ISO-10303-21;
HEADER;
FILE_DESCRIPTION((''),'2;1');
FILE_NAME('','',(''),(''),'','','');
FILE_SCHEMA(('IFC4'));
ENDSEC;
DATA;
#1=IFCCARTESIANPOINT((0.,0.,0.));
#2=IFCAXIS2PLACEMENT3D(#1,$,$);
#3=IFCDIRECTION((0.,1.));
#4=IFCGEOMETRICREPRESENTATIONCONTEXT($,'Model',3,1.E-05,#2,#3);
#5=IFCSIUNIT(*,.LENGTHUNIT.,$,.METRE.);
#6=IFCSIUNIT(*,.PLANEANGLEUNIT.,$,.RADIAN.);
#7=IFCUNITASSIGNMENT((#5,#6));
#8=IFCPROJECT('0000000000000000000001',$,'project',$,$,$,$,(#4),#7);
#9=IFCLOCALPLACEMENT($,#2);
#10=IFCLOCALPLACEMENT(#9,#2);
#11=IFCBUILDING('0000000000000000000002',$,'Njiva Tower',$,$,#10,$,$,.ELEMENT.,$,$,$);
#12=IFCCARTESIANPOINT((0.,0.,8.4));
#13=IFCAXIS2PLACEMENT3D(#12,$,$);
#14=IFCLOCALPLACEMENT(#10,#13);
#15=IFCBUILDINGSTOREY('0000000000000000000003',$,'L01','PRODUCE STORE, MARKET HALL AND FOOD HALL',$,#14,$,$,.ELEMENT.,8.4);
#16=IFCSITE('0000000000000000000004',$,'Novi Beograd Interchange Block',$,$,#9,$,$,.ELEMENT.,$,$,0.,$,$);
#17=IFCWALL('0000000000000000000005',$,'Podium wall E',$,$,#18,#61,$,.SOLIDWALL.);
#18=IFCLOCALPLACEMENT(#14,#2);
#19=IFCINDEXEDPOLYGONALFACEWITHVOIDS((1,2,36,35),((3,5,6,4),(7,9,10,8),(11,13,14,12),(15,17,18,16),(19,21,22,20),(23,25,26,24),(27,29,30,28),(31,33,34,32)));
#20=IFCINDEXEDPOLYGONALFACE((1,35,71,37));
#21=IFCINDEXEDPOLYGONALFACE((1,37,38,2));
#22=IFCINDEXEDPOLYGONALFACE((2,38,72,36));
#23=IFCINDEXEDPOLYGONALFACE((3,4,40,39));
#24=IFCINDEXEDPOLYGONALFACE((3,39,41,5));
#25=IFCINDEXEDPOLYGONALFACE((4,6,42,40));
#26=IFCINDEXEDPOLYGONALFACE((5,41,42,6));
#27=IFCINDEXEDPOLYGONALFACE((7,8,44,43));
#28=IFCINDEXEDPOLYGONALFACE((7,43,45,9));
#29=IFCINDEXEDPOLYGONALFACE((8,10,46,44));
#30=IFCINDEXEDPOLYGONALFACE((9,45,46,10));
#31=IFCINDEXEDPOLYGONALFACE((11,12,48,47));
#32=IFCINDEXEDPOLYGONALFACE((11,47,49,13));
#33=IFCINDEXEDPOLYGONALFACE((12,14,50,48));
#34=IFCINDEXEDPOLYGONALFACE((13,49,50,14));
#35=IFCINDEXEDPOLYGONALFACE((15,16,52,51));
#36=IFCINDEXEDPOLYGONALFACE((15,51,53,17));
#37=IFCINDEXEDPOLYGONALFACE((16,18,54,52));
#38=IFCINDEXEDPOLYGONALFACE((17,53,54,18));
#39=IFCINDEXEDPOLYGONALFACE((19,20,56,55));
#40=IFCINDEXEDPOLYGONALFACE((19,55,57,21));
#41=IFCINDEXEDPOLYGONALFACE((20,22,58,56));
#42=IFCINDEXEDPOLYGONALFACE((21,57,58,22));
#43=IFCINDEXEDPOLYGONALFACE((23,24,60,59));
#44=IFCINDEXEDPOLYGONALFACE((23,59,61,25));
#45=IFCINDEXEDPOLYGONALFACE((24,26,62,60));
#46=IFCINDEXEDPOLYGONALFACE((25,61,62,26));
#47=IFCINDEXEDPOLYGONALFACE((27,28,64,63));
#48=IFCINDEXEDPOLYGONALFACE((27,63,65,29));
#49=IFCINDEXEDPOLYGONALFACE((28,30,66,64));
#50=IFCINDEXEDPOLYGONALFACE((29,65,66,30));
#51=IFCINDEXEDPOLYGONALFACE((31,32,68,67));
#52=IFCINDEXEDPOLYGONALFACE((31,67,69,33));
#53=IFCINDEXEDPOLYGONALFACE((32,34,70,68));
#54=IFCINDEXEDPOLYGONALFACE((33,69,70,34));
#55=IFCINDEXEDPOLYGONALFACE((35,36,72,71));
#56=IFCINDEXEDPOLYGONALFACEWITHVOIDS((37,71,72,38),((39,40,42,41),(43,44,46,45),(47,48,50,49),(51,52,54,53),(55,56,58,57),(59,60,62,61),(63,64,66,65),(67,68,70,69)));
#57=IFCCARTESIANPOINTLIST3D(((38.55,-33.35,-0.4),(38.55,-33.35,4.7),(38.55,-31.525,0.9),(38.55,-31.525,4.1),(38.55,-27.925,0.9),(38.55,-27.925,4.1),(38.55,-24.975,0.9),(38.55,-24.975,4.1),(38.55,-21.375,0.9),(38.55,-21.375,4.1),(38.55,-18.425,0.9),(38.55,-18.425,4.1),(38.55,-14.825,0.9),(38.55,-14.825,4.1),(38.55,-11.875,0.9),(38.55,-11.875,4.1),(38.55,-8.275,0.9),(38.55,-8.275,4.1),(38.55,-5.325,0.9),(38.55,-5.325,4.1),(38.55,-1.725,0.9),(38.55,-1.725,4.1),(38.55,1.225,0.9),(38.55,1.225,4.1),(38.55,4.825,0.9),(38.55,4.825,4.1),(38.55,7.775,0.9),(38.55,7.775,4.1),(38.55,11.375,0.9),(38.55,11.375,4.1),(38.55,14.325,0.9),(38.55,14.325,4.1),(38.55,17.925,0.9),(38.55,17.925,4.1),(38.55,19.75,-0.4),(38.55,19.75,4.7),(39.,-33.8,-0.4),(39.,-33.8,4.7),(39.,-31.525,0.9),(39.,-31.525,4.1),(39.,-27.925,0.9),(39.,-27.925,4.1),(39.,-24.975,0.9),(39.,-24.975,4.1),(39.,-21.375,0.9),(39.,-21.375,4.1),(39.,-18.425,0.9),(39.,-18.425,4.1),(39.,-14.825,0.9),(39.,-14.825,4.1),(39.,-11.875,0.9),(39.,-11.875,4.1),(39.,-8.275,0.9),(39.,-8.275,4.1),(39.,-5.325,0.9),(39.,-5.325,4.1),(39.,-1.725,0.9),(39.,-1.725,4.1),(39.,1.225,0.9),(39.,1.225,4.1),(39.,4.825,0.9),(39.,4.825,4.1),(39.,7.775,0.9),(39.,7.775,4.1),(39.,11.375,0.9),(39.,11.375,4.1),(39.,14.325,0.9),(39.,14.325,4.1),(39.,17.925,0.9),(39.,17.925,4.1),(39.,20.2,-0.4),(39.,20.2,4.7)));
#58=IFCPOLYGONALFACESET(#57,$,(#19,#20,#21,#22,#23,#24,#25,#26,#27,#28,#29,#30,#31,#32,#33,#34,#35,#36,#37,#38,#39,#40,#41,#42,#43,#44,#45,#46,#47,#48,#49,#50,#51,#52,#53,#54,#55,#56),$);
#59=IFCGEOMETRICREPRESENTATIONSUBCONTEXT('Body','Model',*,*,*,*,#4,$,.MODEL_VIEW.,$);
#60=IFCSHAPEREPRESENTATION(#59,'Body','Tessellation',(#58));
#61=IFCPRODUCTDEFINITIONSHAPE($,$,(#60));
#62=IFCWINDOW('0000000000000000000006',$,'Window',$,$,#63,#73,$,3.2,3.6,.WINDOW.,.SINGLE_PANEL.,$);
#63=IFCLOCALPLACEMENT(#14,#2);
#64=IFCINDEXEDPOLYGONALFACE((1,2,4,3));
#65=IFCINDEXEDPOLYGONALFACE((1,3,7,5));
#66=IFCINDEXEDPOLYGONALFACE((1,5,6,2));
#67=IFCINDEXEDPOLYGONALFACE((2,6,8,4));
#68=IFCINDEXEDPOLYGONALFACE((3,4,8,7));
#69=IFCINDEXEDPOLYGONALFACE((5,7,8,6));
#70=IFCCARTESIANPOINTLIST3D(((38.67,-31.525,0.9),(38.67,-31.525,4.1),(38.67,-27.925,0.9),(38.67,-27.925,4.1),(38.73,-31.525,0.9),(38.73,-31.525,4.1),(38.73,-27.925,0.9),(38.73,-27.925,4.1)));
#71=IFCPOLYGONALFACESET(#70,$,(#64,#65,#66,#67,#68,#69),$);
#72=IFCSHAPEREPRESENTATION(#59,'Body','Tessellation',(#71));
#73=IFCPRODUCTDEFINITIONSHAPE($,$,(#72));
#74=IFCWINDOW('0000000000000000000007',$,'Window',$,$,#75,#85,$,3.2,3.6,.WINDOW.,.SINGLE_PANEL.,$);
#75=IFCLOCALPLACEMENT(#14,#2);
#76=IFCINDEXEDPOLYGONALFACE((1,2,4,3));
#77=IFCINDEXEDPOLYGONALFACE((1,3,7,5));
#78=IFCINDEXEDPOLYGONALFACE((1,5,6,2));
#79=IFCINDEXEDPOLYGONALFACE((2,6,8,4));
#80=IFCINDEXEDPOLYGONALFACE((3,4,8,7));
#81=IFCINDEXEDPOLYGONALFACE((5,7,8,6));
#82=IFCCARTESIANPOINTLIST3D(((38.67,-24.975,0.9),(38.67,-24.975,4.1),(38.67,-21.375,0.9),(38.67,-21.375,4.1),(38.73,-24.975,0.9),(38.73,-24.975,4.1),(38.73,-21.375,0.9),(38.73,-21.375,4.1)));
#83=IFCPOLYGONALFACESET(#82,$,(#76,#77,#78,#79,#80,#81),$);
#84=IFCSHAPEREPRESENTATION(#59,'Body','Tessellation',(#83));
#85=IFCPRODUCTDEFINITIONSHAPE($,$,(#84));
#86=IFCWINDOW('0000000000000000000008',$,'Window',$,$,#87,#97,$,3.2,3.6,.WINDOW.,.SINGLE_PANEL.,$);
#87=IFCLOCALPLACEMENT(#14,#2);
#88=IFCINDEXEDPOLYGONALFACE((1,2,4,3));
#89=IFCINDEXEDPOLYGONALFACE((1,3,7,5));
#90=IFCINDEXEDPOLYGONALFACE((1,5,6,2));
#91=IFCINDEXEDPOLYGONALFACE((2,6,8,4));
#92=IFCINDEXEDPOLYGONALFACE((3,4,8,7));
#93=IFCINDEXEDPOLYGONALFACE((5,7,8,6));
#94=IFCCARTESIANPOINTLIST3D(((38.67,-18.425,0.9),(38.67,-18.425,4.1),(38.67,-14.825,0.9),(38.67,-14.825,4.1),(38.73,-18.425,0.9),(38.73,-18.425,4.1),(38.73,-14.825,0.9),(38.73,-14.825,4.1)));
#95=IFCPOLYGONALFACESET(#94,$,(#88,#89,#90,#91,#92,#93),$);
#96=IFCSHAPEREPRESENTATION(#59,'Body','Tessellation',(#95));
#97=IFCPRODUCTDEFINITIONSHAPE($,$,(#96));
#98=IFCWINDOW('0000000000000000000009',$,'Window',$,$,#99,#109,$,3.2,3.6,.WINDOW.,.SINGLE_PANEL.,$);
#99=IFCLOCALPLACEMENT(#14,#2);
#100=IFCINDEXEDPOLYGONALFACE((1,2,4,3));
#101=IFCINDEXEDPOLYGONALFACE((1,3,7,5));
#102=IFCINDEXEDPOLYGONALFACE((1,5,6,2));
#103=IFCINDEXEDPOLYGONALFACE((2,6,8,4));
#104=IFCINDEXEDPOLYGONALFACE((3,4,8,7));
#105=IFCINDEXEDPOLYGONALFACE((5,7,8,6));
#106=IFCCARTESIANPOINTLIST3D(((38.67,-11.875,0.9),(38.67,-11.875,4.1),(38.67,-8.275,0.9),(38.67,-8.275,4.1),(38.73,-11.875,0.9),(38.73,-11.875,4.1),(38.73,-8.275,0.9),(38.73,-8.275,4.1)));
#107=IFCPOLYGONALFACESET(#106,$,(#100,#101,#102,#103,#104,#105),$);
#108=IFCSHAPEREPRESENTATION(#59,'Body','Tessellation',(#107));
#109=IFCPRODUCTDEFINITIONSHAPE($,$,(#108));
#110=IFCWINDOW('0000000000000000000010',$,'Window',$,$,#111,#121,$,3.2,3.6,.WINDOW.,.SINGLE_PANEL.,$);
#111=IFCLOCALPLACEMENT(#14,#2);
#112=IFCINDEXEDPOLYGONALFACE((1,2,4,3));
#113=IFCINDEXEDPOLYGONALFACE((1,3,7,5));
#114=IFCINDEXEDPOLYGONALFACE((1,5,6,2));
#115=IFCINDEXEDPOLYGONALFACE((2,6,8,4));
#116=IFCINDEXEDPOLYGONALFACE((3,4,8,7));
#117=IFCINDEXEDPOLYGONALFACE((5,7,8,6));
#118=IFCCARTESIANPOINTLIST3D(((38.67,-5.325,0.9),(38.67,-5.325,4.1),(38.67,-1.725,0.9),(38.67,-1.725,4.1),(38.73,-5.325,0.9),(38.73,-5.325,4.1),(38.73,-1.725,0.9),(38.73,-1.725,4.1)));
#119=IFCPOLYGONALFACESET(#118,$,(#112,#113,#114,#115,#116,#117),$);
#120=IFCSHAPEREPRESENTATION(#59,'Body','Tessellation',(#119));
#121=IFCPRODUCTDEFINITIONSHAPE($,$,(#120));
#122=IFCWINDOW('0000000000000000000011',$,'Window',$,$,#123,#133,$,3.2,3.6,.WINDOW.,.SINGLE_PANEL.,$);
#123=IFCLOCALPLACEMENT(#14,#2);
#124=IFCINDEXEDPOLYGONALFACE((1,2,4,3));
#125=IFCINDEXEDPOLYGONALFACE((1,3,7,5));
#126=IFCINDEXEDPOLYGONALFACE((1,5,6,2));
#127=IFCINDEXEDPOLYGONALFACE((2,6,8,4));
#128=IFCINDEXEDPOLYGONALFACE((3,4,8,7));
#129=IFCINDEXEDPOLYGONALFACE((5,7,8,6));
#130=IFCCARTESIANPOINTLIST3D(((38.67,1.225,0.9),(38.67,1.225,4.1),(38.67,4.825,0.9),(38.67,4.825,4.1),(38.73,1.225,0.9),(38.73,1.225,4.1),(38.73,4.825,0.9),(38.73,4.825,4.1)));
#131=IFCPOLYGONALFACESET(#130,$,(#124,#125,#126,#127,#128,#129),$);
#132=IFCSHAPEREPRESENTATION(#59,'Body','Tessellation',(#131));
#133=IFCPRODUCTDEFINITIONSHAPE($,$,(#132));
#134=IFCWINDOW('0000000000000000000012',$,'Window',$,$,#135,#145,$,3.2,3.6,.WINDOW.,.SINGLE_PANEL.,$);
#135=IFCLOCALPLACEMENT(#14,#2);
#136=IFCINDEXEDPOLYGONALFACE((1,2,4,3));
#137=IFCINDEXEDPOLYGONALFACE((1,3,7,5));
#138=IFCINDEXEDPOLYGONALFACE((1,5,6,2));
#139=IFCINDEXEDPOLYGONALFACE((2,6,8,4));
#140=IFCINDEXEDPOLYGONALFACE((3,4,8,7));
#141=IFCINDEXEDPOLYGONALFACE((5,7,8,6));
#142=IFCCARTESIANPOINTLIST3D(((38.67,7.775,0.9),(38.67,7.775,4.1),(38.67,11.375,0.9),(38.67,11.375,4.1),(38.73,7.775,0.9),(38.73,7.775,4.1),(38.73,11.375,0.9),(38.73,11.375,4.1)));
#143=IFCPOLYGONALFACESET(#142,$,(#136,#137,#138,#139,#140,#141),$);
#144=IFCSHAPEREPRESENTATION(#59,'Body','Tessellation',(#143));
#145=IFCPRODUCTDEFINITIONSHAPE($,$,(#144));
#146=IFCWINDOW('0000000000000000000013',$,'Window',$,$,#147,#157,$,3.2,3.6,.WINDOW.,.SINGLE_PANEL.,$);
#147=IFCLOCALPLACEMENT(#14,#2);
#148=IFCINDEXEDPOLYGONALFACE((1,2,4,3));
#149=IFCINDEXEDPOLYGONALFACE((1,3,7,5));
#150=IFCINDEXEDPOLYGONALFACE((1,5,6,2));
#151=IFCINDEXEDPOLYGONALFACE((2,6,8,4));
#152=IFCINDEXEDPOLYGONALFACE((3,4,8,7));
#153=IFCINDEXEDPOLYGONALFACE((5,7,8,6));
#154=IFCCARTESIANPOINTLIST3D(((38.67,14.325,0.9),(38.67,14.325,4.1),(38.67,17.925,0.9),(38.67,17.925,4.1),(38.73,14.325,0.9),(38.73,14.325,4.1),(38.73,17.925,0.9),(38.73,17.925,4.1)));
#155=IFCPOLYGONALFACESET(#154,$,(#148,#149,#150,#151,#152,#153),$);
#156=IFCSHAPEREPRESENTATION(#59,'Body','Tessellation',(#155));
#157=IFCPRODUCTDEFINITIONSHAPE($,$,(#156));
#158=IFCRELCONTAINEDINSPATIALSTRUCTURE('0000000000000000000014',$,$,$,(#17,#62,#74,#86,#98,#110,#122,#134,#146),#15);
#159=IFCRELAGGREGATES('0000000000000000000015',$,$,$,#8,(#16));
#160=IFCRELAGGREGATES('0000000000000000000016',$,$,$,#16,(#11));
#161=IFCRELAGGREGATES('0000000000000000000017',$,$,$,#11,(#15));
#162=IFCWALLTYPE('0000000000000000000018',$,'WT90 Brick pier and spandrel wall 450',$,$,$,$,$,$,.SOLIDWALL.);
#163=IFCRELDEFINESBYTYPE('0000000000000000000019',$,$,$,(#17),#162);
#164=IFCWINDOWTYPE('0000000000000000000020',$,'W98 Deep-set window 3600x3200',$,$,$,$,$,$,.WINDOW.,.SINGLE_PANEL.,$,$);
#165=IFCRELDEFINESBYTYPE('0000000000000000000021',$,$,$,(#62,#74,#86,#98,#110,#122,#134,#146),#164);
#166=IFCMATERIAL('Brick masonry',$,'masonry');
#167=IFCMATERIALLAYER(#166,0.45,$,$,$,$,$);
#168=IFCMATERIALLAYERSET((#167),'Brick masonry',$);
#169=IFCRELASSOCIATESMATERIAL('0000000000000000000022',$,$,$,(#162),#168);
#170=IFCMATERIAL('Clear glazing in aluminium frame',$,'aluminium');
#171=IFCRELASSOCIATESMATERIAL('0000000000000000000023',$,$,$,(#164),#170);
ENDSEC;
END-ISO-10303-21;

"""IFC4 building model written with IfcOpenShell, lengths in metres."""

from ifc_helpers import new_model, si_unit, direction, frame, frame_2d, origin, place, context, subcontext, project, spatial, polyline, rectangle, outline, extrude, material, layer, layer_set, type_object, element, fill, save


model = new_model("IFC4")

# Units and contexts
model_context = context("Model", 3, precision=1e-05, world=origin(), true_north=direction((0.0, 1.0)))
body_context = subcontext(model_context, "Body", "Model", "MODEL_VIEW")
ifc_project = project(units=[si_unit("LENGTHUNIT", "METRE"), si_unit("PLANEANGLEUNIT", "RADIAN")], contexts=[model_context])

# Site, building, storey
site_placement = place(None, origin())
site = spatial("IfcSite", under=ifc_project, at=site_placement, Name="Novi Beograd Interchange Block", CompositionType="ELEMENT", RefElevation=0.0)
building_placement = place(site_placement, origin())
building = spatial("IfcBuilding", under=site, at=building_placement, Name="Njiva Tower", CompositionType="ELEMENT")
storey_placement = place(building_placement, frame((0.0, 0.0, 8.4)))
storey = spatial("IfcBuildingStorey", under=building, at=storey_placement, Name="L01", Description="PRODUCE STORE, MARKET HALL AND FOOD HALL", CompositionType="ELEMENT", Elevation=8.4)

# Wall, openings, windows
ifc_material_1 = material(Name="Brick masonry", Category="masonry")
ifc_layer_1 = layer(ifc_material_1, 0.45)
ifc_layer_set_1 = layer_set([ifc_layer_1], Name="Brick masonry")
wall_type_1 = type_object("IfcWallType", Name="WT90 Brick pier and spandrel wall 450", PredefinedType="SOLIDWALL", material=ifc_layer_set_1)
wall_1_placement = place(storey_placement, frame((38.775, -33.575, -0.4), z_axis=(0.0, 0.0, 1.0), x_axis=(0.0, 1.0, 0.0)))
wall_1 = element("IfcWall", 1, at=wall_1_placement, inside=storey, type_object=wall_type_1, Name="Podium wall E", PredefinedType="SOLIDWALL", context=body_context, shape_type="SweptSolid", body=[
    extrude(outline(polyline([(-0.225, -0.225), (53.775, -0.225), (53.325, 0.225), (0.225, 0.225), (-0.225, -0.225)])), origin(), (0.0, 0.0, 1.0), 5.1),
])
opening_1_placement = place(wall_1_placement, frame((2.05, 0.0, 1.3)))
opening_1 = element("IfcOpeningElement", 2, at=opening_1_placement, cuts=wall_1, PredefinedType="OPENING", context=body_context, shape_type="SweptSolid", body=[
    extrude(rectangle(XDim=3.6, YDim=3.2, at=frame_2d((1.8, 1.6))), frame((0.0, 0.235, 0.0), z_axis=(0.0, -1.0, 0.0), x_axis=(1.0, 0.0, 0.0)), (0.0, 0.0, 1.0), 0.47),
])
opening_2_placement = place(wall_1_placement, frame((8.6, 0.0, 1.3)))
opening_2 = element("IfcOpeningElement", 3, at=opening_2_placement, cuts=wall_1, PredefinedType="OPENING", context=body_context, shape_type="SweptSolid", body=[
    extrude(rectangle(XDim=3.6, YDim=3.2, at=frame_2d((1.8, 1.6))), frame((0.0, 0.235, 0.0), z_axis=(0.0, -1.0, 0.0), x_axis=(1.0, 0.0, 0.0)), (0.0, 0.0, 1.0), 0.47),
])
opening_3_placement = place(wall_1_placement, frame((15.15, 0.0, 1.3)))
opening_3 = element("IfcOpeningElement", 4, at=opening_3_placement, cuts=wall_1, PredefinedType="OPENING", context=body_context, shape_type="SweptSolid", body=[
    extrude(rectangle(XDim=3.6, YDim=3.2, at=frame_2d((1.8, 1.6))), frame((0.0, 0.235, 0.0), z_axis=(0.0, -1.0, 0.0), x_axis=(1.0, 0.0, 0.0)), (0.0, 0.0, 1.0), 0.47),
])
opening_4_placement = place(wall_1_placement, frame((21.7, 0.0, 1.3)))
opening_4 = element("IfcOpeningElement", 5, at=opening_4_placement, cuts=wall_1, PredefinedType="OPENING", context=body_context, shape_type="SweptSolid", body=[
    extrude(rectangle(XDim=3.6, YDim=3.2, at=frame_2d((1.8, 1.6))), frame((0.0, 0.235, 0.0), z_axis=(0.0, -1.0, 0.0), x_axis=(1.0, 0.0, 0.0)), (0.0, 0.0, 1.0), 0.47),
])
opening_5_placement = place(wall_1_placement, frame((28.25, 0.0, 1.3)))
opening_5 = element("IfcOpeningElement", 6, at=opening_5_placement, cuts=wall_1, PredefinedType="OPENING", context=body_context, shape_type="SweptSolid", body=[
    extrude(rectangle(XDim=3.6, YDim=3.2, at=frame_2d((1.8, 1.6))), frame((0.0, 0.235, 0.0), z_axis=(0.0, -1.0, 0.0), x_axis=(1.0, 0.0, 0.0)), (0.0, 0.0, 1.0), 0.47),
])
opening_6_placement = place(wall_1_placement, frame((34.8, 0.0, 1.3)))
opening_6 = element("IfcOpeningElement", 7, at=opening_6_placement, cuts=wall_1, PredefinedType="OPENING", context=body_context, shape_type="SweptSolid", body=[
    extrude(rectangle(XDim=3.6, YDim=3.2, at=frame_2d((1.8, 1.6))), frame((0.0, 0.235, 0.0), z_axis=(0.0, -1.0, 0.0), x_axis=(1.0, 0.0, 0.0)), (0.0, 0.0, 1.0), 0.47),
])
opening_7_placement = place(wall_1_placement, frame((41.35, 0.0, 1.3)))
opening_7 = element("IfcOpeningElement", 8, at=opening_7_placement, cuts=wall_1, PredefinedType="OPENING", context=body_context, shape_type="SweptSolid", body=[
    extrude(rectangle(XDim=3.6, YDim=3.2, at=frame_2d((1.8, 1.6))), frame((0.0, 0.235, 0.0), z_axis=(0.0, -1.0, 0.0), x_axis=(1.0, 0.0, 0.0)), (0.0, 0.0, 1.0), 0.47),
])
opening_8_placement = place(wall_1_placement, frame((47.9, 0.0, 1.3)))
opening_8 = element("IfcOpeningElement", 9, at=opening_8_placement, cuts=wall_1, PredefinedType="OPENING", context=body_context, shape_type="SweptSolid", body=[
    extrude(rectangle(XDim=3.6, YDim=3.2, at=frame_2d((1.8, 1.6))), frame((0.0, 0.235, 0.0), z_axis=(0.0, -1.0, 0.0), x_axis=(1.0, 0.0, 0.0)), (0.0, 0.0, 1.0), 0.47),
])
ifc_material_2 = material(Name="Clear glazing in aluminium frame", Category="aluminium")
window_type = type_object("IfcWindowType", Name="W98 Deep-set window 3600x3200", PartitioningType="SINGLE_PANEL", PredefinedType="WINDOW", material=ifc_material_2)
window_1_placement = place(opening_1_placement, origin())
window_1 = element("IfcWindow", 10, at=window_1_placement, inside=storey, type_object=window_type, Name="Window", OverallHeight=3.2, OverallWidth=3.6, PartitioningType="SINGLE_PANEL", PredefinedType="WINDOW", context=body_context, shape_type="SweptSolid", body=[
    extrude(rectangle(XDim=3.6, YDim=3.2, at=frame_2d((1.8, 1.6))), frame((0.0, 0.105, 0.0), z_axis=(0.0, -1.0, 0.0), x_axis=(1.0, 0.0, 0.0)), (0.0, 0.0, 1.0), 0.06),
])
fill(opening_1, window_1)
window_2_placement = place(opening_2_placement, origin())
window_2 = element("IfcWindow", 11, at=window_2_placement, inside=storey, type_object=window_type, Name="Window", OverallHeight=3.2, OverallWidth=3.6, PartitioningType="SINGLE_PANEL", PredefinedType="WINDOW", context=body_context, shape_type="SweptSolid", body=[
    extrude(rectangle(XDim=3.6, YDim=3.2, at=frame_2d((1.8, 1.6))), frame((0.0, 0.105, 0.0), z_axis=(0.0, -1.0, 0.0), x_axis=(1.0, 0.0, 0.0)), (0.0, 0.0, 1.0), 0.06),
])
fill(opening_2, window_2)
window_3_placement = place(opening_3_placement, origin())
window_3 = element("IfcWindow", 12, at=window_3_placement, inside=storey, type_object=window_type, Name="Window", OverallHeight=3.2, OverallWidth=3.6, PartitioningType="SINGLE_PANEL", PredefinedType="WINDOW", context=body_context, shape_type="SweptSolid", body=[
    extrude(rectangle(XDim=3.6, YDim=3.2, at=frame_2d((1.8, 1.6))), frame((0.0, 0.105, 0.0), z_axis=(0.0, -1.0, 0.0), x_axis=(1.0, 0.0, 0.0)), (0.0, 0.0, 1.0), 0.06),
])
fill(opening_3, window_3)
window_4_placement = place(opening_4_placement, origin())
window_4 = element("IfcWindow", 13, at=window_4_placement, inside=storey, type_object=window_type, Name="Window", OverallHeight=3.2, OverallWidth=3.6, PartitioningType="SINGLE_PANEL", PredefinedType="WINDOW", context=body_context, shape_type="SweptSolid", body=[
    extrude(rectangle(XDim=3.6, YDim=3.2, at=frame_2d((1.8, 1.6))), frame((0.0, 0.105, 0.0), z_axis=(0.0, -1.0, 0.0), x_axis=(1.0, 0.0, 0.0)), (0.0, 0.0, 1.0), 0.06),
])
fill(opening_4, window_4)
window_5_placement = place(opening_5_placement, origin())
window_5 = element("IfcWindow", 14, at=window_5_placement, inside=storey, type_object=window_type, Name="Window", OverallHeight=3.2, OverallWidth=3.6, PartitioningType="SINGLE_PANEL", PredefinedType="WINDOW", context=body_context, shape_type="SweptSolid", body=[
    extrude(rectangle(XDim=3.6, YDim=3.2, at=frame_2d((1.8, 1.6))), frame((0.0, 0.105, 0.0), z_axis=(0.0, -1.0, 0.0), x_axis=(1.0, 0.0, 0.0)), (0.0, 0.0, 1.0), 0.06),
])
fill(opening_5, window_5)
window_6_placement = place(opening_6_placement, origin())
window_6 = element("IfcWindow", 15, at=window_6_placement, inside=storey, type_object=window_type, Name="Window", OverallHeight=3.2, OverallWidth=3.6, PartitioningType="SINGLE_PANEL", PredefinedType="WINDOW", context=body_context, shape_type="SweptSolid", body=[
    extrude(rectangle(XDim=3.6, YDim=3.2, at=frame_2d((1.8, 1.6))), frame((0.0, 0.105, 0.0), z_axis=(0.0, -1.0, 0.0), x_axis=(1.0, 0.0, 0.0)), (0.0, 0.0, 1.0), 0.06),
])
fill(opening_6, window_6)
window_7_placement = place(opening_7_placement, origin())
window_7 = element("IfcWindow", 16, at=window_7_placement, inside=storey, type_object=window_type, Name="Window", OverallHeight=3.2, OverallWidth=3.6, PartitioningType="SINGLE_PANEL", PredefinedType="WINDOW", context=body_context, shape_type="SweptSolid", body=[
    extrude(rectangle(XDim=3.6, YDim=3.2, at=frame_2d((1.8, 1.6))), frame((0.0, 0.105, 0.0), z_axis=(0.0, -1.0, 0.0), x_axis=(1.0, 0.0, 0.0)), (0.0, 0.0, 1.0), 0.06),
])
fill(opening_7, window_7)
window_8_placement = place(opening_8_placement, origin())
window_8 = element("IfcWindow", 17, at=window_8_placement, inside=storey, type_object=window_type, Name="Window", OverallHeight=3.2, OverallWidth=3.6, PartitioningType="SINGLE_PANEL", PredefinedType="WINDOW", context=body_context, shape_type="SweptSolid", body=[
    extrude(rectangle(XDim=3.6, YDim=3.2, at=frame_2d((1.8, 1.6))), frame((0.0, 0.105, 0.0), z_axis=(0.0, -1.0, 0.0), x_axis=(1.0, 0.0, 0.0)), (0.0, 0.0, 1.0), 0.06),
])
fill(opening_8, window_8)

save(model, "model.ifc")
